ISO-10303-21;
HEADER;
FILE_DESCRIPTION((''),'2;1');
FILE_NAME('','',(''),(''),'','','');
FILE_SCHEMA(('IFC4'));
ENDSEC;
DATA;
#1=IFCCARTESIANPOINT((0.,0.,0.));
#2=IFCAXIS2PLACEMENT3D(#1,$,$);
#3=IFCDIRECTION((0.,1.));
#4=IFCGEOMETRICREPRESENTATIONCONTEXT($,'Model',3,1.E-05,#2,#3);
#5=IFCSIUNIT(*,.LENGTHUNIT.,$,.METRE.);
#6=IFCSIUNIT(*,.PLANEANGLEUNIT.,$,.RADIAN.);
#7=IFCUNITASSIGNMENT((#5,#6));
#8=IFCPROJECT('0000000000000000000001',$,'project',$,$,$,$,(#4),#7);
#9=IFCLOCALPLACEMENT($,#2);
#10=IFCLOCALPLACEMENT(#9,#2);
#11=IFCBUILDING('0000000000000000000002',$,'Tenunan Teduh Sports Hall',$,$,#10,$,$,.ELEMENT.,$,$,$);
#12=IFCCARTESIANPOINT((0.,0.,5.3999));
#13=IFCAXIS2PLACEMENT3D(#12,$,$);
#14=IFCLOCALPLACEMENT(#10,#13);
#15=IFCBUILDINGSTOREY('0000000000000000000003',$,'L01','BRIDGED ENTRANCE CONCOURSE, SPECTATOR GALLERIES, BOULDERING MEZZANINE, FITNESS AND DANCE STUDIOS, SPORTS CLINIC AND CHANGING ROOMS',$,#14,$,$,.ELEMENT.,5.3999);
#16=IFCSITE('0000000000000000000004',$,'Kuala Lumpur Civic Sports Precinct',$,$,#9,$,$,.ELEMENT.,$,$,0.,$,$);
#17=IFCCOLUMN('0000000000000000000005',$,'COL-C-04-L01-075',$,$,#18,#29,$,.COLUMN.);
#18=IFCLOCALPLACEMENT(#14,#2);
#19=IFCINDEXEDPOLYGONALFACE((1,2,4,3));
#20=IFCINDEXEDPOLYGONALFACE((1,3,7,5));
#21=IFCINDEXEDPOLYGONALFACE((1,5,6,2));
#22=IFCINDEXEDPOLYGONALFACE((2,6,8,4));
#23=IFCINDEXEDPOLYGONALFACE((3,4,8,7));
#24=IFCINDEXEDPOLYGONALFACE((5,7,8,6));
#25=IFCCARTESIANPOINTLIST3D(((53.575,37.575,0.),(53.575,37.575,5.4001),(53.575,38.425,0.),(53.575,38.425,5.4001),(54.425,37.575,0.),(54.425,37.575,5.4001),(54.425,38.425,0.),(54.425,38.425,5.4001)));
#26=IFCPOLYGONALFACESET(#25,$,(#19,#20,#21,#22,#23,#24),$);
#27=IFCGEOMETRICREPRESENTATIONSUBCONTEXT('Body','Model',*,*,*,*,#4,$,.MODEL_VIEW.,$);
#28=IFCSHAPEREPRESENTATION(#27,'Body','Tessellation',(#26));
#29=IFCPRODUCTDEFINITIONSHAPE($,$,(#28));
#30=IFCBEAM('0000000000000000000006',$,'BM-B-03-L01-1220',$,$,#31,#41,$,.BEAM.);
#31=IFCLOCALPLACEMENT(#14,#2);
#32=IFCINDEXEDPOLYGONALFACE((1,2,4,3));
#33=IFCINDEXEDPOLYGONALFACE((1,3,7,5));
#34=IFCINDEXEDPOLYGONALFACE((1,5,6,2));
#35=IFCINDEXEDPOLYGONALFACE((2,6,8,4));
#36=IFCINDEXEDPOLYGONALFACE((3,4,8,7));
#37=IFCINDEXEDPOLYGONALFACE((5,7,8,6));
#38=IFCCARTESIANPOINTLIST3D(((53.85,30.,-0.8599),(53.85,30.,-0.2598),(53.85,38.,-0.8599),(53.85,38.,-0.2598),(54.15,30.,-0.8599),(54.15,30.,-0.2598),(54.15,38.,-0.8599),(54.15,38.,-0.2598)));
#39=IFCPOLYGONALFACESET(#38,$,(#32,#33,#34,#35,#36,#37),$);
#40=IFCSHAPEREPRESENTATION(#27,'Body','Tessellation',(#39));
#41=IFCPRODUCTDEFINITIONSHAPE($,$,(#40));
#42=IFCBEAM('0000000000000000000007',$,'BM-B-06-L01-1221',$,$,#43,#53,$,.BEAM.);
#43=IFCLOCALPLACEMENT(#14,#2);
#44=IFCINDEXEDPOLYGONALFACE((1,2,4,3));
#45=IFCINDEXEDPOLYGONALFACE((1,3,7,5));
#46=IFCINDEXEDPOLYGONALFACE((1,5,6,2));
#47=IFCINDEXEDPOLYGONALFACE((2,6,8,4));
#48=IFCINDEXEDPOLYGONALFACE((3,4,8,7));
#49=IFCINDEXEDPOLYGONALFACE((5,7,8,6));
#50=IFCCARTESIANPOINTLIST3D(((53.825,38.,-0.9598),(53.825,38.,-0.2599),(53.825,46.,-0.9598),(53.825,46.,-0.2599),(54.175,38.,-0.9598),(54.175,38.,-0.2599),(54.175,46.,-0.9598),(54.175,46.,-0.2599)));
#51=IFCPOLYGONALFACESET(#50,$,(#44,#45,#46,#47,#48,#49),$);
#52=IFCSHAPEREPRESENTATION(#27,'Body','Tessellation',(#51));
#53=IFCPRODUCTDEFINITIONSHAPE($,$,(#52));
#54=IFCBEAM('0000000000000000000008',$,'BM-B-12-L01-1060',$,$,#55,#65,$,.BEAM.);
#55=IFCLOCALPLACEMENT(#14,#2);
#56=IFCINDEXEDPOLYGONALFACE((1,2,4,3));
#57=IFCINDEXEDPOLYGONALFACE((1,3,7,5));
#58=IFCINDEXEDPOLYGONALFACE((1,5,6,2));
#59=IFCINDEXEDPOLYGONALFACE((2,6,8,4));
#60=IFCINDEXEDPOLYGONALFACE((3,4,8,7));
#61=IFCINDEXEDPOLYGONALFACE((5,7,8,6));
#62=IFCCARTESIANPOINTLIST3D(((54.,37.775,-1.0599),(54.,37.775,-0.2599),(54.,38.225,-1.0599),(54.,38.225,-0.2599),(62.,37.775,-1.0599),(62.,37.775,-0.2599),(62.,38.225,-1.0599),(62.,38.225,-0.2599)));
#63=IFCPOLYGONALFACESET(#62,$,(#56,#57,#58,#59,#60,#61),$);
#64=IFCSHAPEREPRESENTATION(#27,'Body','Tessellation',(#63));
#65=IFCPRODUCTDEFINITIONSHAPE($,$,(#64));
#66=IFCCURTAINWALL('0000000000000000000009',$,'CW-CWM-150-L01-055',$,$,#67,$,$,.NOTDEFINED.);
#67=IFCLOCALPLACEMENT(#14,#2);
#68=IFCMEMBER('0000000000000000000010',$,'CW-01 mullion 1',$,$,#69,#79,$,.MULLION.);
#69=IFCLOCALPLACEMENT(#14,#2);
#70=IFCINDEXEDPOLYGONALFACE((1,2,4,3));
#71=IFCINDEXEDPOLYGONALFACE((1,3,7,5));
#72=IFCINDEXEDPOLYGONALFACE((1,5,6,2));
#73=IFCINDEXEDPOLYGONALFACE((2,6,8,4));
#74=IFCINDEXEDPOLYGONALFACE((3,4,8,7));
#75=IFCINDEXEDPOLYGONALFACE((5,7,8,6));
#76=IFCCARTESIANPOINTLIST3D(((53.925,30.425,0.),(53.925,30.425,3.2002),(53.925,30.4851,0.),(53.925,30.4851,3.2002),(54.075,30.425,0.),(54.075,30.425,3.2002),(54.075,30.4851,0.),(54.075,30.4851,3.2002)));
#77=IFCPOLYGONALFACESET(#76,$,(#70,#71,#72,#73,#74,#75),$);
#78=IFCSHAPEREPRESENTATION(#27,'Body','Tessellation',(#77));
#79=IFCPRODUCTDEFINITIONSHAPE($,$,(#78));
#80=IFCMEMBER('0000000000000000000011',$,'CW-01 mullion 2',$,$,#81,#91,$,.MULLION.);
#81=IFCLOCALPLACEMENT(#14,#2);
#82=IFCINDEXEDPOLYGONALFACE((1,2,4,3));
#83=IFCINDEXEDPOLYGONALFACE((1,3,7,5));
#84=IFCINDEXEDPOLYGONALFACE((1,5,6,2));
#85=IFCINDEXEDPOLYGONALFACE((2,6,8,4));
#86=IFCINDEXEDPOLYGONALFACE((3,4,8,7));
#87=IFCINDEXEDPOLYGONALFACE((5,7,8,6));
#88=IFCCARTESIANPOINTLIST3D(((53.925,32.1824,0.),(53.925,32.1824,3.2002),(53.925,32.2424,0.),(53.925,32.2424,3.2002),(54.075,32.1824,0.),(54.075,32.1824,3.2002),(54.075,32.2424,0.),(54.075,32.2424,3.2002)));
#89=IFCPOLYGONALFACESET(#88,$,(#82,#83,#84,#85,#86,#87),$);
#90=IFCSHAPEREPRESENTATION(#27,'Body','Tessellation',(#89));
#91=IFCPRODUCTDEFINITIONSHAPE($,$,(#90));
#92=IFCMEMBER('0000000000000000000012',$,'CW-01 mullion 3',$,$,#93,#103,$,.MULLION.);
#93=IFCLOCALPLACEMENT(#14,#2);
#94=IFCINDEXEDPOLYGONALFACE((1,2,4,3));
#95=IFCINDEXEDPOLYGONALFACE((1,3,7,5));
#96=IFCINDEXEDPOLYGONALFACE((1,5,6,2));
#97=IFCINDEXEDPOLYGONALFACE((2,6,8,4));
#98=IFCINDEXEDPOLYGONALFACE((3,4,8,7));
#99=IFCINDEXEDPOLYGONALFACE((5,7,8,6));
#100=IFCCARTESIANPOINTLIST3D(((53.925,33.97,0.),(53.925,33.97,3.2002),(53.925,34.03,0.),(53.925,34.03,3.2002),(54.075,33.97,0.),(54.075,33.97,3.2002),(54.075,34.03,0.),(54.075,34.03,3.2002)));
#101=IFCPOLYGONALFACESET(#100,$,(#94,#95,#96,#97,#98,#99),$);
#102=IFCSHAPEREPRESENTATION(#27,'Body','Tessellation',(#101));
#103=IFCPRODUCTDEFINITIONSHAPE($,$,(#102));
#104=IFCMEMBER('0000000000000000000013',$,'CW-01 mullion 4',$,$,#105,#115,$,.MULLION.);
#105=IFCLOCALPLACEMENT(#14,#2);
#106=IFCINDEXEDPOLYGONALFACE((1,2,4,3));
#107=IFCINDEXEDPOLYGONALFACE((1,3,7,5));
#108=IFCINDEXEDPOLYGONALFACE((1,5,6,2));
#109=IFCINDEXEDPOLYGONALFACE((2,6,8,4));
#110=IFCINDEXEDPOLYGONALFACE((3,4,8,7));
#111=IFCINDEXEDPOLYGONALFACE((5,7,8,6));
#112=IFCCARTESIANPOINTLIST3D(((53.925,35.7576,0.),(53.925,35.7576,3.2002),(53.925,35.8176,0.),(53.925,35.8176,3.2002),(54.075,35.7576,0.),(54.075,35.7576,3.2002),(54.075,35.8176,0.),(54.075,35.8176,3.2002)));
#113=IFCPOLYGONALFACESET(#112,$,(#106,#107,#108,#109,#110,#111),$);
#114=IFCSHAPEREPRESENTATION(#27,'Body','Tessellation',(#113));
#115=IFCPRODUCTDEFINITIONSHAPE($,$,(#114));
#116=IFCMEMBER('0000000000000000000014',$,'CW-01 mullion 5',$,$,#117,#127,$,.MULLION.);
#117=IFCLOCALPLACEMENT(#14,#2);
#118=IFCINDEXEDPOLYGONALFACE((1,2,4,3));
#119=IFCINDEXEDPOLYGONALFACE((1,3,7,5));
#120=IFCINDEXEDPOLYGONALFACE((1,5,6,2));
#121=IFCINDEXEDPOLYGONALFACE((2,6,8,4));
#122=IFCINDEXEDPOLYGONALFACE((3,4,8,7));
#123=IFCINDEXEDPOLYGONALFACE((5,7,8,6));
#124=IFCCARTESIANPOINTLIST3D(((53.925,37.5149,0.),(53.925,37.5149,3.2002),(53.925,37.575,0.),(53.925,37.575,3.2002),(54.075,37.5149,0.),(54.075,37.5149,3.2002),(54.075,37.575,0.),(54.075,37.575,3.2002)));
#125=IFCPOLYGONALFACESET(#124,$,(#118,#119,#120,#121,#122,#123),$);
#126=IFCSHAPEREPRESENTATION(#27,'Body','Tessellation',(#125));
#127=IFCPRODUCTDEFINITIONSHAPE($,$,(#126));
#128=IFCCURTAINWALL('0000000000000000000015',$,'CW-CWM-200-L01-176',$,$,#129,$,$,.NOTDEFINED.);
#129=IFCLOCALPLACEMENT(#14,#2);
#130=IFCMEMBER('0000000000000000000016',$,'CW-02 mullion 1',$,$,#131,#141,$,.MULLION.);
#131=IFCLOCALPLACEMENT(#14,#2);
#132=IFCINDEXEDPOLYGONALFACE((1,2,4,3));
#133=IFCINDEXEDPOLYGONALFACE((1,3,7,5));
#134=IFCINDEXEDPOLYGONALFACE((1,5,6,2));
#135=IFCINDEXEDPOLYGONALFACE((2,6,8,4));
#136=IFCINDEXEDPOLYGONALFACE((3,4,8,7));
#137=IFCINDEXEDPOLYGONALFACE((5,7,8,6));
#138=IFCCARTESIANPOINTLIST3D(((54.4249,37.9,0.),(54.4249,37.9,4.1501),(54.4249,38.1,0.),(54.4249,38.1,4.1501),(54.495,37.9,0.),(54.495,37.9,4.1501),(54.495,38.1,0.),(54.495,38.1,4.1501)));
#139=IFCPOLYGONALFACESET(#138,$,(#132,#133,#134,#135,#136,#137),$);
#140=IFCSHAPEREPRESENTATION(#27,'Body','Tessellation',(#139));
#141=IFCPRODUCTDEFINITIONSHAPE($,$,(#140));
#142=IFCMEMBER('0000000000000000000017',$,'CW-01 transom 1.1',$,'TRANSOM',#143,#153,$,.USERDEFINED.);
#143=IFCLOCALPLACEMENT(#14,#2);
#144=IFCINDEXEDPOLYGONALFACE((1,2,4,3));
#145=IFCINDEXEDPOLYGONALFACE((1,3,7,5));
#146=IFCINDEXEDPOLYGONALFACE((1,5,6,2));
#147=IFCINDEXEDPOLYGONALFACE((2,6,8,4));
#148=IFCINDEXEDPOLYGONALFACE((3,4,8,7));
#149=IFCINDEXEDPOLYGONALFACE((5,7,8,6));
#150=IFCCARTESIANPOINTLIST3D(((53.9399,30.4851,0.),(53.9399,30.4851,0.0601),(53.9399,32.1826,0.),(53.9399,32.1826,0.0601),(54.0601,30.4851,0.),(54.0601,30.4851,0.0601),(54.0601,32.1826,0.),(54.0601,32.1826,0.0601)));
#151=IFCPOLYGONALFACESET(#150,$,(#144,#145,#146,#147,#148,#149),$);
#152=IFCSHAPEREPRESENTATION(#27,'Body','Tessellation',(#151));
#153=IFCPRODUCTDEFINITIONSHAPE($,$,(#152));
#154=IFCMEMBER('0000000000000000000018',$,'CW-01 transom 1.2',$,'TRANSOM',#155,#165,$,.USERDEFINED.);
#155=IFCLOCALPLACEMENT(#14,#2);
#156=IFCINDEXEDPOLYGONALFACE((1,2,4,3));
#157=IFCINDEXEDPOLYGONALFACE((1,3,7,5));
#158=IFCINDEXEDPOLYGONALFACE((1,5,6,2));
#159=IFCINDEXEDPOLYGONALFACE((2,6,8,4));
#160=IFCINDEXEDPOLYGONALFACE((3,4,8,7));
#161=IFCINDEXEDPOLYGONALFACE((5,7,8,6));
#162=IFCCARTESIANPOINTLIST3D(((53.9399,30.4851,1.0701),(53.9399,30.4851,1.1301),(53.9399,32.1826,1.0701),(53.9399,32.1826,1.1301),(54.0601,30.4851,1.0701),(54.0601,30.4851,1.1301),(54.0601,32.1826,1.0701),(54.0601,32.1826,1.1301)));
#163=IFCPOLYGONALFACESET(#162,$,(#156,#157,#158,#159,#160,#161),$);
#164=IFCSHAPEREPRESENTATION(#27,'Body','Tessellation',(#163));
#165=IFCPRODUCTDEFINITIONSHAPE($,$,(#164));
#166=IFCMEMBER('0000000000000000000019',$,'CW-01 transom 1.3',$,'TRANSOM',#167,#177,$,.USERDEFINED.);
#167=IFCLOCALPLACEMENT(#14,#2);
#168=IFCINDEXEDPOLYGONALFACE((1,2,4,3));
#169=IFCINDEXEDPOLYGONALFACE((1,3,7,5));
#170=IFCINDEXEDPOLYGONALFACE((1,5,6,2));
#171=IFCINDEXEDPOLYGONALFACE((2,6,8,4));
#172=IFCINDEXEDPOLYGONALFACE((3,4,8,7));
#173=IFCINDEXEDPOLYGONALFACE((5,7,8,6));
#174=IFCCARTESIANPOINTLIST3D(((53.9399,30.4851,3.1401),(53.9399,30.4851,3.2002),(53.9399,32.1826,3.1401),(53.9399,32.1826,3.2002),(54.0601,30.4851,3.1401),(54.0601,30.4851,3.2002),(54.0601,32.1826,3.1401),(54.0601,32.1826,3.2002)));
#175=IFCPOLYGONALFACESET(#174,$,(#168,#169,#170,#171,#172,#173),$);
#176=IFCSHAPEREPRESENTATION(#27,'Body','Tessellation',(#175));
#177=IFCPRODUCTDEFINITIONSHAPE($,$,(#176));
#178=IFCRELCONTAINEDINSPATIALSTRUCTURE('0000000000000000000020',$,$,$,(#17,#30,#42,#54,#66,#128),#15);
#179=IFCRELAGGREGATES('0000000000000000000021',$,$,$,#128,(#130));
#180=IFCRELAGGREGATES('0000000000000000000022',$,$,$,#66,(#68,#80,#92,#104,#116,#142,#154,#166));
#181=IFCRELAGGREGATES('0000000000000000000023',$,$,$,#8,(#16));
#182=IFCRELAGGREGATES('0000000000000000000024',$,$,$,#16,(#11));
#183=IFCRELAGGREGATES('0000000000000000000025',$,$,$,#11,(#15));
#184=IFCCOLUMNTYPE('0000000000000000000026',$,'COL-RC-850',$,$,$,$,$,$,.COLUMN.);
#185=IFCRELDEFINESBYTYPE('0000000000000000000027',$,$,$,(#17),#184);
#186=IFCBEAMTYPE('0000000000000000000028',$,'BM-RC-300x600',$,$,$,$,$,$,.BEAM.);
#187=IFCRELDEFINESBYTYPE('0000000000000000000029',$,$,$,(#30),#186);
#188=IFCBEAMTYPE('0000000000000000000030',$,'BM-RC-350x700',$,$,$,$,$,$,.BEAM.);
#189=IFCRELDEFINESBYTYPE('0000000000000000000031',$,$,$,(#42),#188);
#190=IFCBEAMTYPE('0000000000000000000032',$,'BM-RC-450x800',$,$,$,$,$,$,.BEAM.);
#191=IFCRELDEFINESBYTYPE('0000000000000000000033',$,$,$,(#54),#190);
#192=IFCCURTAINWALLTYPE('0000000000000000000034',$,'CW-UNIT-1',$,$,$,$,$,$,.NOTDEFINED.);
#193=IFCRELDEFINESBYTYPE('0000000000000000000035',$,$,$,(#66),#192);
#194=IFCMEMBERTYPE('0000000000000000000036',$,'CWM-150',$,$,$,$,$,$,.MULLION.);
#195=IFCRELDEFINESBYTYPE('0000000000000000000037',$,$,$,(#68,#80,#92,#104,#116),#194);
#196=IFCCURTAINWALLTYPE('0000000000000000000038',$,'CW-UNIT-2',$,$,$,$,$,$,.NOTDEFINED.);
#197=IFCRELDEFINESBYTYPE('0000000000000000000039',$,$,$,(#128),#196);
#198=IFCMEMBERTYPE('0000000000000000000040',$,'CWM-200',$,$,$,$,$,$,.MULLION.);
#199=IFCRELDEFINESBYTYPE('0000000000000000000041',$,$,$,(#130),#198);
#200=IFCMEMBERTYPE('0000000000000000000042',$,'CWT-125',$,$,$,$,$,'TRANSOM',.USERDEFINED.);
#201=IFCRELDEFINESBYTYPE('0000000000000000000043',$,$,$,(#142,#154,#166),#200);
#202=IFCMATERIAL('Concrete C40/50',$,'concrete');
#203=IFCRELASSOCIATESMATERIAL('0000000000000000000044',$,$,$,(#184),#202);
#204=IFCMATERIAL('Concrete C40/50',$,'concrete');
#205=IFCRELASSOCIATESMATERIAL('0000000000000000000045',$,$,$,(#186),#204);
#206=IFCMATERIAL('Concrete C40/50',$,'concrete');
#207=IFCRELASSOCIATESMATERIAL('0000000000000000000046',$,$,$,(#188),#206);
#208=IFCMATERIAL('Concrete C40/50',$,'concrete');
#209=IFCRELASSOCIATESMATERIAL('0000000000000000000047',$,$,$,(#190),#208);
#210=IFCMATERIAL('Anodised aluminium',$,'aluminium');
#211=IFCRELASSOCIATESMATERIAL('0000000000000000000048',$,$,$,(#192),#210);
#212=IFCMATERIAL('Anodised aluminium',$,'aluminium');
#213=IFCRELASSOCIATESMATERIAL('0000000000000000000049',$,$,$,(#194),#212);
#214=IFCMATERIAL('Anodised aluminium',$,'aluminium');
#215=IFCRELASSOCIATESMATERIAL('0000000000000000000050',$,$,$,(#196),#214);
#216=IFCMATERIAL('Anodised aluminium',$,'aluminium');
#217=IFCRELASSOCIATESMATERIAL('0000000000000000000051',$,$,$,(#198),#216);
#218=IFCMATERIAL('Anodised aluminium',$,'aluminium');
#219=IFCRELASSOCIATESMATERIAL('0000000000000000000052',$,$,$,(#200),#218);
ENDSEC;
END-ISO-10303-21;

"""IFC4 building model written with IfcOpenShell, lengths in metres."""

from ifc_helpers import new_model, si_unit, direction, frame, origin, origin_2d, place, context, subcontext, project, spatial, rectangle, extrude, material, material_profile, profile_set, type_object, element, aggregate, save


model = new_model("IFC4")

# Units and contexts
model_context = context("Model", 3, precision=1e-05, world=origin(), true_north=direction((0.0, 1.0)))
body_context = subcontext(model_context, "Body", "Model", "MODEL_VIEW")
ifc_project = project(units=[si_unit("LENGTHUNIT", "METRE"), si_unit("PLANEANGLEUNIT", "RADIAN")], contexts=[model_context])

# Site, building, storey
site_placement = place(None, origin())
site = spatial("IfcSite", under=ifc_project, at=site_placement, Name="Kuala Lumpur Civic Sports Precinct", CompositionType="ELEMENT", RefElevation=0.0)
building_placement = place(site_placement, origin())
building = spatial("IfcBuilding", under=site, at=building_placement, Name="Tenunan Teduh Sports Hall", CompositionType="ELEMENT")
storey_placement = place(building_placement, frame((0.0, 0.0, 5.3999)))
storey = spatial("IfcBuildingStorey", under=building, at=storey_placement, Name="L01", Description="BRIDGED ENTRANCE CONCOURSE, SPECTATOR GALLERIES, BOULDERING MEZZANINE, FITNESS AND DANCE STUDIOS, SPORTS CLINIC AND CHANGING ROOMS", CompositionType="ELEMENT", Elevation=5.3999)

# Column
ifc_material_1 = material(Name="Concrete C40/50", Category="concrete")
ifc_material_profile_1 = material_profile(ifc_material_1, rectangle(XDim=0.8501, YDim=0.8501, at=origin_2d()), Name="RC 850x850")
ifc_profile_set_1 = profile_set([ifc_material_profile_1], Name="Concrete C40/50")
column_type = type_object("IfcColumnType", Name="COL-RC-850", PredefinedType="COLUMN", material=ifc_profile_set_1)
column_placement = place(storey_placement, frame((54.0, 38.0, 0.0), z_axis=(0.0, 0.0, 1.0), x_axis=(1.0, 0.0, 0.0)))
element("IfcColumn", 1, at=column_placement, inside=storey, type_object=column_type, Name="COL-C-04-L01-075", PredefinedType="COLUMN", context=body_context, shape_type="SweptSolid", body=[
    extrude(rectangle(XDim=0.8501, YDim=0.8501, at=origin_2d()), origin(), (0.0, 0.0, 1.0), 5.4001),
])

# Beams
ifc_material_2 = material(Name="Concrete C40/50", Category="concrete")
ifc_material_profile_2 = material_profile(ifc_material_2, rectangle(XDim=0.3, YDim=0.6001, at=origin_2d()), Name="RCB 300x600")
ifc_profile_set_2 = profile_set([ifc_material_profile_2], Name="Concrete C40/50")
beam_type_1 = type_object("IfcBeamType", Name="BM-RC-300x600", PredefinedType="BEAM", material=ifc_profile_set_2)
beam_1_placement = place(storey_placement, frame((54.0, 30.0, -0.5598), z_axis=(0.0, 1.0, 0.0), x_axis=(-1.0, 0.0, 0.0)))
element("IfcBeam", 2, at=beam_1_placement, inside=storey, type_object=beam_type_1, Name="BM-B-03-L01-1220", PredefinedType="BEAM", context=body_context, shape_type="SweptSolid", body=[
    extrude(rectangle(XDim=0.3, YDim=0.6001, at=origin_2d()), origin(), (0.0, 0.0, 1.0), 8.0),
])
ifc_material_3 = material(Name="Concrete C40/50", Category="concrete")
ifc_material_profile_3 = material_profile(ifc_material_3, rectangle(XDim=0.3501, YDim=0.7, at=origin_2d()), Name="RCB 350x700")
ifc_profile_set_3 = profile_set([ifc_material_profile_3], Name="Concrete C40/50")
beam_type_2 = type_object("IfcBeamType", Name="BM-RC-350x700", PredefinedType="BEAM", material=ifc_profile_set_3)
beam_2_placement = place(storey_placement, frame((54.0, 38.0, -0.6099), z_axis=(0.0, 1.0, 0.0), x_axis=(-1.0, 0.0, 0.0)))
element("IfcBeam", 3, at=beam_2_placement, inside=storey, type_object=beam_type_2, Name="BM-B-06-L01-1221", PredefinedType="BEAM", context=body_context, shape_type="SweptSolid", body=[
    extrude(rectangle(XDim=0.3501, YDim=0.7, at=origin_2d()), origin(), (0.0, 0.0, 1.0), 8.0),
])
ifc_material_4 = material(Name="Concrete C40/50", Category="concrete")
ifc_material_profile_4 = material_profile(ifc_material_4, rectangle(XDim=0.45, YDim=0.8, at=origin_2d()), Name="RCB 450x800")
ifc_profile_set_4 = profile_set([ifc_material_profile_4], Name="Concrete C40/50")
beam_type_3 = type_object("IfcBeamType", Name="BM-RC-450x800", PredefinedType="BEAM", material=ifc_profile_set_4)
beam_3_placement = place(storey_placement, frame((54.0, 38.0, -0.6599), z_axis=(1.0, 0.0, 0.0), x_axis=(0.0, 1.0, 0.0)))
element("IfcBeam", 4, at=beam_3_placement, inside=storey, type_object=beam_type_3, Name="BM-B-12-L01-1060", PredefinedType="BEAM", context=body_context, shape_type="SweptSolid", body=[
    extrude(rectangle(XDim=0.45, YDim=0.8, at=origin_2d()), origin(), (0.0, 0.0, 1.0), 8.0),
])

# Curtain wall, members
ifc_material_5 = material(Name="Anodised aluminium", Category="aluminium")
curtain_wall_type_1 = type_object("IfcCurtainWallType", Name="CW-UNIT-1", PredefinedType="NOTDEFINED", material=ifc_material_5)
curtain_wall_1_placement = place(storey_placement, origin())
curtain_wall_1 = element("IfcCurtainWall", 5, at=curtain_wall_1_placement, inside=storey, type_object=curtain_wall_type_1, Name="CW-CWM-150-L01-055", PredefinedType="NOTDEFINED")
ifc_material_6 = material(Name="Anodised aluminium", Category="aluminium")
ifc_material_profile_5 = material_profile(ifc_material_6, rectangle(XDim=0.0601, YDim=0.1499, at=origin_2d()), Name="CWM 60x150")
ifc_profile_set_5 = profile_set([ifc_material_profile_5], Name="Anodised aluminium")
member_type_1 = type_object("IfcMemberType", Name="CWM-150", PredefinedType="MULLION", material=ifc_profile_set_5)
member_1_placement = place(storey_placement, frame((54.0, 30.4551, 0.0), z_axis=(0.0, 0.0, 1.0), x_axis=(0.0, 1.0, 0.0)))
member_1 = element("IfcMember", 6, at=member_1_placement, type_object=member_type_1, Name="CW-01 mullion 1", PredefinedType="MULLION", context=body_context, shape_type="SweptSolid", body=[
    extrude(rectangle(XDim=0.0601, YDim=0.1499, at=origin_2d()), origin(), (0.0, 0.0, 1.0), 3.2002),
])
member_2_placement = place(storey_placement, frame((54.0, 32.2124, 0.0), z_axis=(0.0, 0.0, 1.0), x_axis=(0.0, 1.0, 0.0)))
member_2 = element("IfcMember", 7, at=member_2_placement, type_object=member_type_1, Name="CW-01 mullion 2", PredefinedType="MULLION", context=body_context, shape_type="SweptSolid", body=[
    extrude(rectangle(XDim=0.0601, YDim=0.1499, at=origin_2d()), origin(), (0.0, 0.0, 1.0), 3.2002),
])
member_3_placement = place(storey_placement, frame((54.0, 34.0, 0.0), z_axis=(0.0, 0.0, 1.0), x_axis=(0.0, 1.0, 0.0)))
member_3 = element("IfcMember", 8, at=member_3_placement, type_object=member_type_1, Name="CW-01 mullion 3", PredefinedType="MULLION", context=body_context, shape_type="SweptSolid", body=[
    extrude(rectangle(XDim=0.0601, YDim=0.1499, at=origin_2d()), origin(), (0.0, 0.0, 1.0), 3.2002),
])
member_4_placement = place(storey_placement, frame((54.0, 35.7876, 0.0), z_axis=(0.0, 0.0, 1.0), x_axis=(0.0, 1.0, 0.0)))
member_4 = element("IfcMember", 9, at=member_4_placement, type_object=member_type_1, Name="CW-01 mullion 4", PredefinedType="MULLION", context=body_context, shape_type="SweptSolid", body=[
    extrude(rectangle(XDim=0.0601, YDim=0.1499, at=origin_2d()), origin(), (0.0, 0.0, 1.0), 3.2002),
])
member_5_placement = place(storey_placement, frame((54.0, 37.5449, 0.0), z_axis=(0.0, 0.0, 1.0), x_axis=(0.0, 1.0, 0.0)))
member_5 = element("IfcMember", 10, at=member_5_placement, type_object=member_type_1, Name="CW-01 mullion 5", PredefinedType="MULLION", context=body_context, shape_type="SweptSolid", body=[
    extrude(rectangle(XDim=0.0601, YDim=0.1499, at=origin_2d()), origin(), (0.0, 0.0, 1.0), 3.2002),
])

# Curtain wall, member
ifc_material_7 = material(Name="Anodised aluminium", Category="aluminium")
curtain_wall_type_2 = type_object("IfcCurtainWallType", Name="CW-UNIT-2", PredefinedType="NOTDEFINED", material=ifc_material_7)
curtain_wall_2_placement = place(storey_placement, origin())
curtain_wall_2 = element("IfcCurtainWall", 11, at=curtain_wall_2_placement, inside=storey, type_object=curtain_wall_type_2, Name="CW-CWM-200-L01-176", PredefinedType="NOTDEFINED")
ifc_material_8 = material(Name="Anodised aluminium", Category="aluminium")
ifc_material_profile_6 = material_profile(ifc_material_8, rectangle(XDim=0.0701, YDim=0.2, at=origin_2d()), Name="CWM 70x200")
ifc_profile_set_6 = profile_set([ifc_material_profile_6], Name="Anodised aluminium")
member_type_2 = type_object("IfcMemberType", Name="CWM-200", PredefinedType="MULLION", material=ifc_profile_set_6)
member_6_placement = place(storey_placement, frame((54.46, 38.0, 0.0), z_axis=(0.0, 0.0, 1.0), x_axis=(1.0, 0.0, 0.0)))
member_6 = element("IfcMember", 12, at=member_6_placement, type_object=member_type_2, Name="CW-02 mullion 1", PredefinedType="MULLION", context=body_context, shape_type="SweptSolid", body=[
    extrude(rectangle(XDim=0.0701, YDim=0.2, at=origin_2d()), origin(), (0.0, 0.0, 1.0), 4.1501),
])

# Members
ifc_material_9 = material(Name="Anodised aluminium", Category="aluminium")
ifc_material_profile_7 = material_profile(ifc_material_9, rectangle(XDim=0.0601, YDim=0.1201, at=origin_2d()), Name="CWT 60x120")
ifc_profile_set_7 = profile_set([ifc_material_profile_7], Name="Anodised aluminium")
member_type_3 = type_object("IfcMemberType", Name="CWT-125", ElementType="TRANSOM", PredefinedType="USERDEFINED", material=ifc_profile_set_7)
member_7_placement = place(storey_placement, frame((54.0, 30.4851, 0.03), z_axis=(0.0, 1.0, 0.0), x_axis=(0.0, 0.0, 1.0)))
member_7 = element("IfcMember", 13, at=member_7_placement, type_object=member_type_3, Name="CW-01 transom 1.1", ObjectType="TRANSOM", PredefinedType="USERDEFINED", context=body_context, shape_type="SweptSolid", body=[
    extrude(rectangle(XDim=0.0601, YDim=0.1201, at=origin_2d()), origin(), (0.0, 0.0, 1.0), 1.6975),
])
member_8_placement = place(storey_placement, frame((54.0, 30.4851, 1.1001), z_axis=(0.0, 1.0, 0.0), x_axis=(0.0, 0.0, 1.0)))
member_8 = element("IfcMember", 14, at=member_8_placement, type_object=member_type_3, Name="CW-01 transom 1.2", ObjectType="TRANSOM", PredefinedType="USERDEFINED", context=body_context, shape_type="SweptSolid", body=[
    extrude(rectangle(XDim=0.0601, YDim=0.1201, at=origin_2d()), origin(), (0.0, 0.0, 1.0), 1.6975),
])
member_9_placement = place(storey_placement, frame((54.0, 30.4851, 3.1702), z_axis=(0.0, 1.0, 0.0), x_axis=(0.0, 0.0, 1.0)))
member_9 = element("IfcMember", 15, at=member_9_placement, type_object=member_type_3, Name="CW-01 transom 1.3", ObjectType="TRANSOM", PredefinedType="USERDEFINED", context=body_context, shape_type="SweptSolid", body=[
    extrude(rectangle(XDim=0.0601, YDim=0.1201, at=origin_2d()), origin(), (0.0, 0.0, 1.0), 1.6975),
])
aggregate(curtain_wall_2, [member_6])

aggregate(curtain_wall_1, [member_1, member_2, member_3, member_4, member_5, member_7, member_8, member_9])

save(model, "model.ifc")
